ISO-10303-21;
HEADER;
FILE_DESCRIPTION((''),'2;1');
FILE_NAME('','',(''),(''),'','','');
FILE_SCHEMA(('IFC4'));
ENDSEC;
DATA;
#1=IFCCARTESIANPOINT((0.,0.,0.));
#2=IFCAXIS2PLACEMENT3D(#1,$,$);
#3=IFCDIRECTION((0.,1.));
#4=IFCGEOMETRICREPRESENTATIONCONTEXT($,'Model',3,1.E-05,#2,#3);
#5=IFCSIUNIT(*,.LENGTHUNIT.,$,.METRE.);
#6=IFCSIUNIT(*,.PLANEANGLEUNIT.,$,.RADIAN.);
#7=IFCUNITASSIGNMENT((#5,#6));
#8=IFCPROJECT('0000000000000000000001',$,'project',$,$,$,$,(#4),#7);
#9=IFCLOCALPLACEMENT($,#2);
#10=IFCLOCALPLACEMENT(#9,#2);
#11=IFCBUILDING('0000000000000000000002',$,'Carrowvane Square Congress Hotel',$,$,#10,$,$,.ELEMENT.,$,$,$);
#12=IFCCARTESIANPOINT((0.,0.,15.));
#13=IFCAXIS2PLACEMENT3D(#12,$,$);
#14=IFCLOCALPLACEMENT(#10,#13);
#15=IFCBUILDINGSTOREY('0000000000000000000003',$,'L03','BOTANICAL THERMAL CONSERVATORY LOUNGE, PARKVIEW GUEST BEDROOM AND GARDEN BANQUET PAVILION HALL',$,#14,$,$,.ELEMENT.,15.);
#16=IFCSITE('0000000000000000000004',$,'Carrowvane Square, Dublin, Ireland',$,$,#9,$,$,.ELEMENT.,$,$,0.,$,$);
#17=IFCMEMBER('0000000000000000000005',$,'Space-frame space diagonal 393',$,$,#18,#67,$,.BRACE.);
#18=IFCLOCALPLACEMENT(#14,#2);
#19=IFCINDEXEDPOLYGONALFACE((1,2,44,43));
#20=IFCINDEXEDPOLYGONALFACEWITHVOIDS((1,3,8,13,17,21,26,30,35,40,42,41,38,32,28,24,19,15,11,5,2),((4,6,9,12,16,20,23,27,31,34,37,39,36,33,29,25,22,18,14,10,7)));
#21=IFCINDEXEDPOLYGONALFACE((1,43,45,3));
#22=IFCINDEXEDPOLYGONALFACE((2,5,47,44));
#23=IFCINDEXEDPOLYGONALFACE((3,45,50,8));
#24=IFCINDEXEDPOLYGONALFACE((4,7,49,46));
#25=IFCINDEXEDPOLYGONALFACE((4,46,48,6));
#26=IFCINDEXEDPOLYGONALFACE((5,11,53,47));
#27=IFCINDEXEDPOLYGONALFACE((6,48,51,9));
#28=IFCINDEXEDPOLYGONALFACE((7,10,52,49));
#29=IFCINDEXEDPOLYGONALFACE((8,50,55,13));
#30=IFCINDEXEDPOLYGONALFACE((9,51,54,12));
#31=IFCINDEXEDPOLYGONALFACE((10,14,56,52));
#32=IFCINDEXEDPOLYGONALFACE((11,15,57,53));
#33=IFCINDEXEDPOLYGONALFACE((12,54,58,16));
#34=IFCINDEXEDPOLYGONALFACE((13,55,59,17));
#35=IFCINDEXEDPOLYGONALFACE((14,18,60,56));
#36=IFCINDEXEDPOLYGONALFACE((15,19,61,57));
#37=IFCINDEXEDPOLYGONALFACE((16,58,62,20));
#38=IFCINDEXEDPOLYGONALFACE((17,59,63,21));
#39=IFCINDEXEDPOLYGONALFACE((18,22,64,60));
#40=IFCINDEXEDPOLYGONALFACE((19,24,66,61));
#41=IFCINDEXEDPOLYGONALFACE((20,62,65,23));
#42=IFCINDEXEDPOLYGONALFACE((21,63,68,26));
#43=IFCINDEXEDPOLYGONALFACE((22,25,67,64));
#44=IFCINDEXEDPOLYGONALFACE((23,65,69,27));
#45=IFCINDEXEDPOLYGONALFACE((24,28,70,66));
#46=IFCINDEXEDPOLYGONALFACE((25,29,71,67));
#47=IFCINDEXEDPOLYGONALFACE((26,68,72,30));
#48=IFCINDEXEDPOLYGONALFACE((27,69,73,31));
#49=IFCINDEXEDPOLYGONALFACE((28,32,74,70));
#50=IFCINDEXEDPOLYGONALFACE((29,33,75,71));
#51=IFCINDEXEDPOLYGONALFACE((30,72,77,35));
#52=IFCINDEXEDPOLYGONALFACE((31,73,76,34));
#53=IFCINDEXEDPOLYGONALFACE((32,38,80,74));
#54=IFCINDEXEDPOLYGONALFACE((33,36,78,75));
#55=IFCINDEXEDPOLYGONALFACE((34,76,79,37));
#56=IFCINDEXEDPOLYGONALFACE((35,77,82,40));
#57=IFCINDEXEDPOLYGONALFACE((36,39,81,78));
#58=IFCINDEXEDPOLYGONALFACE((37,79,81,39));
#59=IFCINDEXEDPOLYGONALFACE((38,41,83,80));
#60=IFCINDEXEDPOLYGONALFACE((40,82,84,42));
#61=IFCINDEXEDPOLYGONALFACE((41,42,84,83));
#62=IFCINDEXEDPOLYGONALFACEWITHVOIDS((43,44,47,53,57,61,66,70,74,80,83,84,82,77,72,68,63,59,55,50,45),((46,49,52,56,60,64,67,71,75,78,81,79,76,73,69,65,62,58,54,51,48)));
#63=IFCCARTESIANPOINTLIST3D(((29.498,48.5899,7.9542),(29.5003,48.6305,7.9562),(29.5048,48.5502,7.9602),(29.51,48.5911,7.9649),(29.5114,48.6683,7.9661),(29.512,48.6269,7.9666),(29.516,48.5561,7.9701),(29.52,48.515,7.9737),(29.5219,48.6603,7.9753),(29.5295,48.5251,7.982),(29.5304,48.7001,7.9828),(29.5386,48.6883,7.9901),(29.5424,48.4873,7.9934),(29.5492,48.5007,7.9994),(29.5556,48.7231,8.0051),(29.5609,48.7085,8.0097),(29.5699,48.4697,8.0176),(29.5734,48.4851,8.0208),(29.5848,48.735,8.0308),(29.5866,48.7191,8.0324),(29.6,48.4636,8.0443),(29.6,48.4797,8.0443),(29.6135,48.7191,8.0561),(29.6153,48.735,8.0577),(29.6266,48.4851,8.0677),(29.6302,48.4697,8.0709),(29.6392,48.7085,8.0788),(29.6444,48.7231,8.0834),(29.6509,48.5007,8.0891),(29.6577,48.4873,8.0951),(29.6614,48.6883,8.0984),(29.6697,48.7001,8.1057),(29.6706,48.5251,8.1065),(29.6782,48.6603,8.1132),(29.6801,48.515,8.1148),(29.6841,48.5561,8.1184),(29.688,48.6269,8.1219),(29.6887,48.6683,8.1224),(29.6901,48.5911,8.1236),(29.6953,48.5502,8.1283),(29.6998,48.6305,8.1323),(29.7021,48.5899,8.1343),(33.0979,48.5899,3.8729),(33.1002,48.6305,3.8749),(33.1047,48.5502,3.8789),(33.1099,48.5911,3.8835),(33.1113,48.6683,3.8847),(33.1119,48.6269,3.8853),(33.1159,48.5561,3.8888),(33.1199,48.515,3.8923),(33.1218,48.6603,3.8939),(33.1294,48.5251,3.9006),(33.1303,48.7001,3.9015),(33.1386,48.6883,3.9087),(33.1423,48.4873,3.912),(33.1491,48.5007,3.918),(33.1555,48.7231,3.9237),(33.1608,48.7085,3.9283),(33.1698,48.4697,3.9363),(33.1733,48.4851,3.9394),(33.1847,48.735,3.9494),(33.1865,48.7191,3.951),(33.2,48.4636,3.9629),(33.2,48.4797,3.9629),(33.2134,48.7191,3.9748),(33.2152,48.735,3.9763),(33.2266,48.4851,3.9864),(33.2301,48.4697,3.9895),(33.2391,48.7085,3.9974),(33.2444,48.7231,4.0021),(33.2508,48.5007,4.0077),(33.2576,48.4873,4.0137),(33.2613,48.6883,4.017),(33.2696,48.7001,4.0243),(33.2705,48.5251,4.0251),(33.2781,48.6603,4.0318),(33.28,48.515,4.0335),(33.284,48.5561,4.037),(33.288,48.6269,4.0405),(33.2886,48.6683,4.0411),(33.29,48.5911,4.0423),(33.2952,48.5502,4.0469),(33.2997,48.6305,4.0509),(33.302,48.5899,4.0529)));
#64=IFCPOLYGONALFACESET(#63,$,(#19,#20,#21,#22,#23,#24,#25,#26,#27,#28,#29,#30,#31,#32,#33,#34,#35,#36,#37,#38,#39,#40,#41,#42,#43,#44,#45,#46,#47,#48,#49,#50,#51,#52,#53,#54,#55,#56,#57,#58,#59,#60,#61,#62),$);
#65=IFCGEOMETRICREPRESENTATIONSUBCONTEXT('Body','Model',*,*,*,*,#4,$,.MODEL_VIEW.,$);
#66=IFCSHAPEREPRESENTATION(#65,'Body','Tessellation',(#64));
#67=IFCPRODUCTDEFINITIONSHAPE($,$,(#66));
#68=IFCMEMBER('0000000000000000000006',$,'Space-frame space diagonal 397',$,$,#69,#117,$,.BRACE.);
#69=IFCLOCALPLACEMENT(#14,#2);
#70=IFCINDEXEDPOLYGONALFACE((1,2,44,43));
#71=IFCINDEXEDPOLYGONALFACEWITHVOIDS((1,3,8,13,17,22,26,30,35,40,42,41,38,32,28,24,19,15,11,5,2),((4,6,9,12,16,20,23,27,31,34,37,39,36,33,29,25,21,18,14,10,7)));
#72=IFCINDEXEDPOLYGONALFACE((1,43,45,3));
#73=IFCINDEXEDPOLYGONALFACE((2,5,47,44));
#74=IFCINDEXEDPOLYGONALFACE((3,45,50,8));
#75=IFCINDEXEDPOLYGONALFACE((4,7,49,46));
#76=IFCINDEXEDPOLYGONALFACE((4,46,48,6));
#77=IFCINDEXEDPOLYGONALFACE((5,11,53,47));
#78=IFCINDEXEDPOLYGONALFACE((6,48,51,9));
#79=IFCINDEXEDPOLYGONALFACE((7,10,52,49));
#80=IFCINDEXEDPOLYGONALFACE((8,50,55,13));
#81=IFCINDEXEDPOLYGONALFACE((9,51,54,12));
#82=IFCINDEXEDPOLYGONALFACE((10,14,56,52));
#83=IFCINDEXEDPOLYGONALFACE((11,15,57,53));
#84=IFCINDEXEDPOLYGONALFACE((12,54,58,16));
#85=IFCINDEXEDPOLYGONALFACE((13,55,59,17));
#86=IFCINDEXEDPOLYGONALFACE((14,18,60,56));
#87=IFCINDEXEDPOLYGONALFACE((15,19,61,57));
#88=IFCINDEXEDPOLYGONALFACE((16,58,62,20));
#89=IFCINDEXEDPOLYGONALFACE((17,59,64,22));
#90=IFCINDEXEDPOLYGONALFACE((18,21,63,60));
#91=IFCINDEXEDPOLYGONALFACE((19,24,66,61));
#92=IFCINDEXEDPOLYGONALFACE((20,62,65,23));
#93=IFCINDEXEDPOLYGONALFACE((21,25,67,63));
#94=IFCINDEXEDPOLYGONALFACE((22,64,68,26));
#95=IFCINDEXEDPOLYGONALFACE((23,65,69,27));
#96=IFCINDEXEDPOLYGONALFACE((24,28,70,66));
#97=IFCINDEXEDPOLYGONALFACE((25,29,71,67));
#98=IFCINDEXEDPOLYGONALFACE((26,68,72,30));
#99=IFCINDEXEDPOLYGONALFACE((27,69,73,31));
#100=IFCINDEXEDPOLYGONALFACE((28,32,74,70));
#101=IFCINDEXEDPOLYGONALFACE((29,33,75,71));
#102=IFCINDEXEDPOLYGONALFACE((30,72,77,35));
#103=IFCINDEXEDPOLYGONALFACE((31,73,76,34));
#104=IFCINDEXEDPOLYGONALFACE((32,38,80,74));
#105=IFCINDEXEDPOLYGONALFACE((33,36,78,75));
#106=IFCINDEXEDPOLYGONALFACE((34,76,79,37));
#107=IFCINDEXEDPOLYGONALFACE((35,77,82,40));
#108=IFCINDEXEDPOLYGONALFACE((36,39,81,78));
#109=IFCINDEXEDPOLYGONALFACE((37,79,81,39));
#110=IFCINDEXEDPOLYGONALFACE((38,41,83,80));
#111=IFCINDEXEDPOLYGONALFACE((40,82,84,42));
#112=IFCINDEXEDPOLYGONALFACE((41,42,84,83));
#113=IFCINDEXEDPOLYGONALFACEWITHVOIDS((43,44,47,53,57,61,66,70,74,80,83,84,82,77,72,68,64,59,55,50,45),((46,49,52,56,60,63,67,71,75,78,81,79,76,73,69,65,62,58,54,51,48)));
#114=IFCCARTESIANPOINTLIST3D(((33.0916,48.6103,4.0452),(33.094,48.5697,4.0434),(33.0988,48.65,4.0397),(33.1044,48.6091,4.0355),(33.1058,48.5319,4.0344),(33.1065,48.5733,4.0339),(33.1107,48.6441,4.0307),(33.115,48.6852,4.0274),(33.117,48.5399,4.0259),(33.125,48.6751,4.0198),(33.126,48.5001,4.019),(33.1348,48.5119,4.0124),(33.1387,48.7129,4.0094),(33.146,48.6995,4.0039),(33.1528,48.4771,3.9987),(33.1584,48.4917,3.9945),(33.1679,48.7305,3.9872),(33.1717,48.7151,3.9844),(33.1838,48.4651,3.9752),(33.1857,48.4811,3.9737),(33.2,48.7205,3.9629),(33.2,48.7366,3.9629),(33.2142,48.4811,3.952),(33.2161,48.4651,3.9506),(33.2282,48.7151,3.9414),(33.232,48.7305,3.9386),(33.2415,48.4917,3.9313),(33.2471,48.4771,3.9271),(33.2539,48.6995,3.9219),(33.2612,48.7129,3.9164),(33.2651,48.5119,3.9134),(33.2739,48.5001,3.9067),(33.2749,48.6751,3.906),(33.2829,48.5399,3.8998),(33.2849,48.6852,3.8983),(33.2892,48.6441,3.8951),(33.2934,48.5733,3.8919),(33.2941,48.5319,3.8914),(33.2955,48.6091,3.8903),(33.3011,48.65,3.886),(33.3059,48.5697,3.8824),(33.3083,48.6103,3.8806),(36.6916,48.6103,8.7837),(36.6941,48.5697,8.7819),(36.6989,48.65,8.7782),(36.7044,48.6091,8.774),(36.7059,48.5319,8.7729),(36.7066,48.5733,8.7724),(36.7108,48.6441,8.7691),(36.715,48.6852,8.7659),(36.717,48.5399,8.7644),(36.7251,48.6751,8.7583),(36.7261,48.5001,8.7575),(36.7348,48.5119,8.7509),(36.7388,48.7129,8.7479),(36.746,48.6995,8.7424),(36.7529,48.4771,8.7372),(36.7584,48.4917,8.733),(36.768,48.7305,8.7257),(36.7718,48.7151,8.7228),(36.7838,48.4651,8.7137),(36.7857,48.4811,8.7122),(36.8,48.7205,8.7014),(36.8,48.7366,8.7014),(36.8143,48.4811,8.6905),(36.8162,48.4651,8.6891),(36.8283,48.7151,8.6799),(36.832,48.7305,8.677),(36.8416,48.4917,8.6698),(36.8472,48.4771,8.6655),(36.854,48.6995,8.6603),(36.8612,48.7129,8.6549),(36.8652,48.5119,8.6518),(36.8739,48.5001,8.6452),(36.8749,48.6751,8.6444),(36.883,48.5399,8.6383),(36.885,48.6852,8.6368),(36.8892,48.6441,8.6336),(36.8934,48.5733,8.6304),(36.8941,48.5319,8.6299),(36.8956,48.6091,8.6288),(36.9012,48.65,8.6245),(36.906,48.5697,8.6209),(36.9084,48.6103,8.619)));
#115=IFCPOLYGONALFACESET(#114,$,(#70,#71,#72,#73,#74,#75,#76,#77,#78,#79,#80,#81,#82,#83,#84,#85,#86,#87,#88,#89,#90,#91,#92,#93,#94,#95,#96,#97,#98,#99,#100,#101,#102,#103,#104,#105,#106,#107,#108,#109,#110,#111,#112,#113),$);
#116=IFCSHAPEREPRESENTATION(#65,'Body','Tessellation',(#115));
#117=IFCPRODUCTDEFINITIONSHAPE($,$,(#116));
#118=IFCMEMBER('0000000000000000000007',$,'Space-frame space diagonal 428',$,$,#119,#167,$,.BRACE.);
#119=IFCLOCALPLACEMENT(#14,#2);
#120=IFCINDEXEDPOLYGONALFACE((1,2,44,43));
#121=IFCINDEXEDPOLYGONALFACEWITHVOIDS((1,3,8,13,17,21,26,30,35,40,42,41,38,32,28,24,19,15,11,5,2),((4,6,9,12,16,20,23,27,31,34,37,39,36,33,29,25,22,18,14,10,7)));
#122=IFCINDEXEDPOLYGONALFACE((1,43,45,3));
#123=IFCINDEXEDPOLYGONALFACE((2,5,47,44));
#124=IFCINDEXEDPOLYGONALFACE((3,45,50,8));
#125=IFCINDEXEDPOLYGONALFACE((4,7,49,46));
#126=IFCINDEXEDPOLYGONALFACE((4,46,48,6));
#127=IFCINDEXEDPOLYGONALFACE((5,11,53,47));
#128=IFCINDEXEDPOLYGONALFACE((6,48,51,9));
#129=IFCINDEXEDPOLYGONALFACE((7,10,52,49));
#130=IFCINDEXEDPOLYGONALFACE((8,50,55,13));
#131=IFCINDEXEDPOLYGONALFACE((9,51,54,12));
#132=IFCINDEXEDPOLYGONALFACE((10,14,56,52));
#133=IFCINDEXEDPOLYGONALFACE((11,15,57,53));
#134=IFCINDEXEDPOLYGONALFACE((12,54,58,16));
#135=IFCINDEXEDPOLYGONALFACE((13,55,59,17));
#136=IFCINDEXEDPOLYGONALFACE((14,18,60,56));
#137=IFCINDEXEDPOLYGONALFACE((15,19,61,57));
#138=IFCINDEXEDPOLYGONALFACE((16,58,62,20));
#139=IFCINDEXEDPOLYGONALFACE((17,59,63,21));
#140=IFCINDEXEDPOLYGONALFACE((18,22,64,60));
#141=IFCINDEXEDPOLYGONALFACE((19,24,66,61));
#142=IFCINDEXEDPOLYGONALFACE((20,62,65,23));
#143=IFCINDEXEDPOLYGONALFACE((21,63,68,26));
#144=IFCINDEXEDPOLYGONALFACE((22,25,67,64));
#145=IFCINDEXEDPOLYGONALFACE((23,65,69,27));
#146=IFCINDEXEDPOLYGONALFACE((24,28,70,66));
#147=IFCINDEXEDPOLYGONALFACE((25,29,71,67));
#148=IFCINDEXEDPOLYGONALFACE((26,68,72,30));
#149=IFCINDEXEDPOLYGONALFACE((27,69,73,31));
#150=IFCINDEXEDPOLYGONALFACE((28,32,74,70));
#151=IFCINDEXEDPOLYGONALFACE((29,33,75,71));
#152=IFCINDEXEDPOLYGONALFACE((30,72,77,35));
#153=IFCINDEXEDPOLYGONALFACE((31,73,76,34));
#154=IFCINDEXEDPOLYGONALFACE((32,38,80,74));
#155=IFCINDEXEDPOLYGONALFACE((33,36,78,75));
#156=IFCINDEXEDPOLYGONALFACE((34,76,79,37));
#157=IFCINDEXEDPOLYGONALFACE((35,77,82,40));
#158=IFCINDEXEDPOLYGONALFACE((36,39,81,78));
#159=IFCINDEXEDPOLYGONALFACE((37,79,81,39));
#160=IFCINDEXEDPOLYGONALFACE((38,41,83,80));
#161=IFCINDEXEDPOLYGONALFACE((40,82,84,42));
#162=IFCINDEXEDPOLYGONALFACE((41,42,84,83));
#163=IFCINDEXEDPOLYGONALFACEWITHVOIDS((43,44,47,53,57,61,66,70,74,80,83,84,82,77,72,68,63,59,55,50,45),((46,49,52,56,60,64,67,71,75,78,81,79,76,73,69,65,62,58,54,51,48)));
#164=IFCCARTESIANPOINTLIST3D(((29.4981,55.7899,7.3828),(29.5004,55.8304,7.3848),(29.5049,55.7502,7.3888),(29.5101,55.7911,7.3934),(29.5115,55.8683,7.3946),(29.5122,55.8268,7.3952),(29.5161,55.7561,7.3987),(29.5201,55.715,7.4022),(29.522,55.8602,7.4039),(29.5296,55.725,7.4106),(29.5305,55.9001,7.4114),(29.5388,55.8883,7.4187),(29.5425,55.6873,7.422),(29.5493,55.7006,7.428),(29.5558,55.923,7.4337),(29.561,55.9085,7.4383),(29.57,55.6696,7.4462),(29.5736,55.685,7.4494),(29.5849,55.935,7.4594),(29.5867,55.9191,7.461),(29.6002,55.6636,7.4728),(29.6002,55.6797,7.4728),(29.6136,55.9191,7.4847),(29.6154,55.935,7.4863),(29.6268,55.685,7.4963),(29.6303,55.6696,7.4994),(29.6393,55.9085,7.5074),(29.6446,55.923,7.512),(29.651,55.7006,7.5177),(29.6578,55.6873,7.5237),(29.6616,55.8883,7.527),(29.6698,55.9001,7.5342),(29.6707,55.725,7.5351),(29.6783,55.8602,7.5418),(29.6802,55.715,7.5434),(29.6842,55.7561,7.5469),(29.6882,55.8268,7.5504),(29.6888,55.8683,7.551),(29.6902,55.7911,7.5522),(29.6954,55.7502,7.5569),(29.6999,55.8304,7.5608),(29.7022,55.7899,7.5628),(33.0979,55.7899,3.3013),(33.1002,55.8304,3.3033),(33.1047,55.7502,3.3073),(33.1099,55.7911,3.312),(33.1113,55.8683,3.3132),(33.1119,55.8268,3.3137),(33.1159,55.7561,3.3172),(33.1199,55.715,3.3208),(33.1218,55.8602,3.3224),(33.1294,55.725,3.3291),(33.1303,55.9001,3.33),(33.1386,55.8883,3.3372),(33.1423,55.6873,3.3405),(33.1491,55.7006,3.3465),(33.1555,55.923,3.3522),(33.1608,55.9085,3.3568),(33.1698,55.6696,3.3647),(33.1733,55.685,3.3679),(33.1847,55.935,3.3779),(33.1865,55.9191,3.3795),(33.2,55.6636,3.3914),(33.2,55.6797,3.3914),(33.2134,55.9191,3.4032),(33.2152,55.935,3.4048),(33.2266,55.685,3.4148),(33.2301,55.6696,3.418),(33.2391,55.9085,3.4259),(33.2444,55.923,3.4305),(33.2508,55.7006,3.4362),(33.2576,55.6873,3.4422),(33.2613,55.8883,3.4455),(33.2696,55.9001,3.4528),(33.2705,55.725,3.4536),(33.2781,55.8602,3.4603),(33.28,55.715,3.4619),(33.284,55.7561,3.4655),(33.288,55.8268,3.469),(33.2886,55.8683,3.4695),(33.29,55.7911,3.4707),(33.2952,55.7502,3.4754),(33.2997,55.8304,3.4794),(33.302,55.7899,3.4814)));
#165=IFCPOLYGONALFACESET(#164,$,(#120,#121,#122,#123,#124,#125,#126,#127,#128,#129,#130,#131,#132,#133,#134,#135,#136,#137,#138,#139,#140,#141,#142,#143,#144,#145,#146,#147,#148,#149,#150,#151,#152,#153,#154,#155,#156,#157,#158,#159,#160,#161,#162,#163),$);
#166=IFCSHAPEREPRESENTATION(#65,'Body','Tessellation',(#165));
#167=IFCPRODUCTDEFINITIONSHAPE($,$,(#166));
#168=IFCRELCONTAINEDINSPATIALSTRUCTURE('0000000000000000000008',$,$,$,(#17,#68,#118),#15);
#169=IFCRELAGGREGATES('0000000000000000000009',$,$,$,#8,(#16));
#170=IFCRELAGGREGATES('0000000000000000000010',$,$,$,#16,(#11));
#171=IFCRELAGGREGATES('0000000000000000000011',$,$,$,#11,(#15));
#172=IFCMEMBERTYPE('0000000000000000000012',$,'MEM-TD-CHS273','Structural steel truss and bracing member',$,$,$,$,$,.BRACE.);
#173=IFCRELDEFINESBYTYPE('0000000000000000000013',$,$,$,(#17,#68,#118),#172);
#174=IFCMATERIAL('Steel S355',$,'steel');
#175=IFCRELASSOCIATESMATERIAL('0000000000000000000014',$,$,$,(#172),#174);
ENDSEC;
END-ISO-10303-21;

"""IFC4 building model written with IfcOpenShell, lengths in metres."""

from ifc_helpers import new_model, si_unit, direction, frame, origin, origin_2d, place, context, subcontext, project, spatial, hollow_circle, extrude, material, material_profile, profile_set, type_object, element, save


model = new_model("IFC4")

# Units and contexts
model_context = context("Model", 3, precision=1e-05, world=origin(), true_north=direction((0.0, 1.0)))
body_context = subcontext(model_context, "Body", "Model", "MODEL_VIEW")
ifc_project = project(units=[si_unit("LENGTHUNIT", "METRE"), si_unit("PLANEANGLEUNIT", "RADIAN")], contexts=[model_context])

# Site, building, storey
site_placement = place(None, origin())
site = spatial("IfcSite", under=ifc_project, at=site_placement, Name="Carrowvane Square, Dublin, Ireland", CompositionType="ELEMENT", RefElevation=0.0)
building_placement = place(site_placement, origin())
building = spatial("IfcBuilding", under=site, at=building_placement, Name="Carrowvane Square Congress Hotel", CompositionType="ELEMENT")
storey_placement = place(building_placement, frame((0.0, 0.0, 15.0)))
storey = spatial("IfcBuildingStorey", under=building, at=storey_placement, Name="L03", Description="BOTANICAL THERMAL CONSERVATORY LOUNGE, PARKVIEW GUEST BEDROOM AND GARDEN BANQUET PAVILION HALL", CompositionType="ELEMENT", Elevation=15.0)

# Members
ifc_material_1 = material(Name="Steel S355", Category="steel")
ifc_material_profile_1 = material_profile(ifc_material_1, hollow_circle(Radius=0.1365, WallThickness=0.0161, at=origin_2d()), Name="CHS 273.0x16")
ifc_profile_set_1 = profile_set([ifc_material_profile_1], Name="Steel S355")
member_type_1 = type_object("IfcMemberType", Name="MEM-TD-CHS273", Description="Structural steel truss and bracing member", PredefinedType="BRACE", material=ifc_profile_set_1)
member_1_placement = place(storey_placement, frame((33.2, 48.6001, 3.9629), z_axis=(-0.661488, 0.0, 0.749956), x_axis=(0.0, -1.0, 0.0)))
element("IfcMember", 1, at=member_1_placement, inside=storey, type_object=member_type_1, Name="Space-frame space diagonal 393", PredefinedType="BRACE", context=body_context, shape_type="SweptSolid", body=[
    extrude(hollow_circle(Radius=0.1365, WallThickness=0.0161, at=origin_2d()), origin(), (0.0, 0.0, 1.0), 5.4421),
])
member_2_placement = place(storey_placement, frame((33.2, 48.6001, 3.9629), z_axis=(0.604957, 0.0, 0.796258), x_axis=(0.0, 1.0, 0.0)))
element("IfcMember", 2, at=member_2_placement, inside=storey, type_object=member_type_1, Name="Space-frame space diagonal 397", PredefinedType="BRACE", context=body_context, shape_type="SweptSolid", body=[
    extrude(hollow_circle(Radius=0.1365, WallThickness=0.0161, at=origin_2d()), origin(), (0.0, 0.0, 1.0), 5.9509),
])
member_3_placement = place(storey_placement, frame((33.2, 55.8, 3.3914), z_axis=(-0.661466, 0.0, 0.749975), x_axis=(0.0, -1.0, 0.0)))
element("IfcMember", 3, at=member_3_placement, inside=storey, type_object=member_type_1, Name="Space-frame space diagonal 428", PredefinedType="BRACE", context=body_context, shape_type="SweptSolid", body=[
    extrude(hollow_circle(Radius=0.1365, WallThickness=0.0161, at=origin_2d()), origin(), (0.0, 0.0, 1.0), 5.4421),
])

save(model, "model.ifc")
